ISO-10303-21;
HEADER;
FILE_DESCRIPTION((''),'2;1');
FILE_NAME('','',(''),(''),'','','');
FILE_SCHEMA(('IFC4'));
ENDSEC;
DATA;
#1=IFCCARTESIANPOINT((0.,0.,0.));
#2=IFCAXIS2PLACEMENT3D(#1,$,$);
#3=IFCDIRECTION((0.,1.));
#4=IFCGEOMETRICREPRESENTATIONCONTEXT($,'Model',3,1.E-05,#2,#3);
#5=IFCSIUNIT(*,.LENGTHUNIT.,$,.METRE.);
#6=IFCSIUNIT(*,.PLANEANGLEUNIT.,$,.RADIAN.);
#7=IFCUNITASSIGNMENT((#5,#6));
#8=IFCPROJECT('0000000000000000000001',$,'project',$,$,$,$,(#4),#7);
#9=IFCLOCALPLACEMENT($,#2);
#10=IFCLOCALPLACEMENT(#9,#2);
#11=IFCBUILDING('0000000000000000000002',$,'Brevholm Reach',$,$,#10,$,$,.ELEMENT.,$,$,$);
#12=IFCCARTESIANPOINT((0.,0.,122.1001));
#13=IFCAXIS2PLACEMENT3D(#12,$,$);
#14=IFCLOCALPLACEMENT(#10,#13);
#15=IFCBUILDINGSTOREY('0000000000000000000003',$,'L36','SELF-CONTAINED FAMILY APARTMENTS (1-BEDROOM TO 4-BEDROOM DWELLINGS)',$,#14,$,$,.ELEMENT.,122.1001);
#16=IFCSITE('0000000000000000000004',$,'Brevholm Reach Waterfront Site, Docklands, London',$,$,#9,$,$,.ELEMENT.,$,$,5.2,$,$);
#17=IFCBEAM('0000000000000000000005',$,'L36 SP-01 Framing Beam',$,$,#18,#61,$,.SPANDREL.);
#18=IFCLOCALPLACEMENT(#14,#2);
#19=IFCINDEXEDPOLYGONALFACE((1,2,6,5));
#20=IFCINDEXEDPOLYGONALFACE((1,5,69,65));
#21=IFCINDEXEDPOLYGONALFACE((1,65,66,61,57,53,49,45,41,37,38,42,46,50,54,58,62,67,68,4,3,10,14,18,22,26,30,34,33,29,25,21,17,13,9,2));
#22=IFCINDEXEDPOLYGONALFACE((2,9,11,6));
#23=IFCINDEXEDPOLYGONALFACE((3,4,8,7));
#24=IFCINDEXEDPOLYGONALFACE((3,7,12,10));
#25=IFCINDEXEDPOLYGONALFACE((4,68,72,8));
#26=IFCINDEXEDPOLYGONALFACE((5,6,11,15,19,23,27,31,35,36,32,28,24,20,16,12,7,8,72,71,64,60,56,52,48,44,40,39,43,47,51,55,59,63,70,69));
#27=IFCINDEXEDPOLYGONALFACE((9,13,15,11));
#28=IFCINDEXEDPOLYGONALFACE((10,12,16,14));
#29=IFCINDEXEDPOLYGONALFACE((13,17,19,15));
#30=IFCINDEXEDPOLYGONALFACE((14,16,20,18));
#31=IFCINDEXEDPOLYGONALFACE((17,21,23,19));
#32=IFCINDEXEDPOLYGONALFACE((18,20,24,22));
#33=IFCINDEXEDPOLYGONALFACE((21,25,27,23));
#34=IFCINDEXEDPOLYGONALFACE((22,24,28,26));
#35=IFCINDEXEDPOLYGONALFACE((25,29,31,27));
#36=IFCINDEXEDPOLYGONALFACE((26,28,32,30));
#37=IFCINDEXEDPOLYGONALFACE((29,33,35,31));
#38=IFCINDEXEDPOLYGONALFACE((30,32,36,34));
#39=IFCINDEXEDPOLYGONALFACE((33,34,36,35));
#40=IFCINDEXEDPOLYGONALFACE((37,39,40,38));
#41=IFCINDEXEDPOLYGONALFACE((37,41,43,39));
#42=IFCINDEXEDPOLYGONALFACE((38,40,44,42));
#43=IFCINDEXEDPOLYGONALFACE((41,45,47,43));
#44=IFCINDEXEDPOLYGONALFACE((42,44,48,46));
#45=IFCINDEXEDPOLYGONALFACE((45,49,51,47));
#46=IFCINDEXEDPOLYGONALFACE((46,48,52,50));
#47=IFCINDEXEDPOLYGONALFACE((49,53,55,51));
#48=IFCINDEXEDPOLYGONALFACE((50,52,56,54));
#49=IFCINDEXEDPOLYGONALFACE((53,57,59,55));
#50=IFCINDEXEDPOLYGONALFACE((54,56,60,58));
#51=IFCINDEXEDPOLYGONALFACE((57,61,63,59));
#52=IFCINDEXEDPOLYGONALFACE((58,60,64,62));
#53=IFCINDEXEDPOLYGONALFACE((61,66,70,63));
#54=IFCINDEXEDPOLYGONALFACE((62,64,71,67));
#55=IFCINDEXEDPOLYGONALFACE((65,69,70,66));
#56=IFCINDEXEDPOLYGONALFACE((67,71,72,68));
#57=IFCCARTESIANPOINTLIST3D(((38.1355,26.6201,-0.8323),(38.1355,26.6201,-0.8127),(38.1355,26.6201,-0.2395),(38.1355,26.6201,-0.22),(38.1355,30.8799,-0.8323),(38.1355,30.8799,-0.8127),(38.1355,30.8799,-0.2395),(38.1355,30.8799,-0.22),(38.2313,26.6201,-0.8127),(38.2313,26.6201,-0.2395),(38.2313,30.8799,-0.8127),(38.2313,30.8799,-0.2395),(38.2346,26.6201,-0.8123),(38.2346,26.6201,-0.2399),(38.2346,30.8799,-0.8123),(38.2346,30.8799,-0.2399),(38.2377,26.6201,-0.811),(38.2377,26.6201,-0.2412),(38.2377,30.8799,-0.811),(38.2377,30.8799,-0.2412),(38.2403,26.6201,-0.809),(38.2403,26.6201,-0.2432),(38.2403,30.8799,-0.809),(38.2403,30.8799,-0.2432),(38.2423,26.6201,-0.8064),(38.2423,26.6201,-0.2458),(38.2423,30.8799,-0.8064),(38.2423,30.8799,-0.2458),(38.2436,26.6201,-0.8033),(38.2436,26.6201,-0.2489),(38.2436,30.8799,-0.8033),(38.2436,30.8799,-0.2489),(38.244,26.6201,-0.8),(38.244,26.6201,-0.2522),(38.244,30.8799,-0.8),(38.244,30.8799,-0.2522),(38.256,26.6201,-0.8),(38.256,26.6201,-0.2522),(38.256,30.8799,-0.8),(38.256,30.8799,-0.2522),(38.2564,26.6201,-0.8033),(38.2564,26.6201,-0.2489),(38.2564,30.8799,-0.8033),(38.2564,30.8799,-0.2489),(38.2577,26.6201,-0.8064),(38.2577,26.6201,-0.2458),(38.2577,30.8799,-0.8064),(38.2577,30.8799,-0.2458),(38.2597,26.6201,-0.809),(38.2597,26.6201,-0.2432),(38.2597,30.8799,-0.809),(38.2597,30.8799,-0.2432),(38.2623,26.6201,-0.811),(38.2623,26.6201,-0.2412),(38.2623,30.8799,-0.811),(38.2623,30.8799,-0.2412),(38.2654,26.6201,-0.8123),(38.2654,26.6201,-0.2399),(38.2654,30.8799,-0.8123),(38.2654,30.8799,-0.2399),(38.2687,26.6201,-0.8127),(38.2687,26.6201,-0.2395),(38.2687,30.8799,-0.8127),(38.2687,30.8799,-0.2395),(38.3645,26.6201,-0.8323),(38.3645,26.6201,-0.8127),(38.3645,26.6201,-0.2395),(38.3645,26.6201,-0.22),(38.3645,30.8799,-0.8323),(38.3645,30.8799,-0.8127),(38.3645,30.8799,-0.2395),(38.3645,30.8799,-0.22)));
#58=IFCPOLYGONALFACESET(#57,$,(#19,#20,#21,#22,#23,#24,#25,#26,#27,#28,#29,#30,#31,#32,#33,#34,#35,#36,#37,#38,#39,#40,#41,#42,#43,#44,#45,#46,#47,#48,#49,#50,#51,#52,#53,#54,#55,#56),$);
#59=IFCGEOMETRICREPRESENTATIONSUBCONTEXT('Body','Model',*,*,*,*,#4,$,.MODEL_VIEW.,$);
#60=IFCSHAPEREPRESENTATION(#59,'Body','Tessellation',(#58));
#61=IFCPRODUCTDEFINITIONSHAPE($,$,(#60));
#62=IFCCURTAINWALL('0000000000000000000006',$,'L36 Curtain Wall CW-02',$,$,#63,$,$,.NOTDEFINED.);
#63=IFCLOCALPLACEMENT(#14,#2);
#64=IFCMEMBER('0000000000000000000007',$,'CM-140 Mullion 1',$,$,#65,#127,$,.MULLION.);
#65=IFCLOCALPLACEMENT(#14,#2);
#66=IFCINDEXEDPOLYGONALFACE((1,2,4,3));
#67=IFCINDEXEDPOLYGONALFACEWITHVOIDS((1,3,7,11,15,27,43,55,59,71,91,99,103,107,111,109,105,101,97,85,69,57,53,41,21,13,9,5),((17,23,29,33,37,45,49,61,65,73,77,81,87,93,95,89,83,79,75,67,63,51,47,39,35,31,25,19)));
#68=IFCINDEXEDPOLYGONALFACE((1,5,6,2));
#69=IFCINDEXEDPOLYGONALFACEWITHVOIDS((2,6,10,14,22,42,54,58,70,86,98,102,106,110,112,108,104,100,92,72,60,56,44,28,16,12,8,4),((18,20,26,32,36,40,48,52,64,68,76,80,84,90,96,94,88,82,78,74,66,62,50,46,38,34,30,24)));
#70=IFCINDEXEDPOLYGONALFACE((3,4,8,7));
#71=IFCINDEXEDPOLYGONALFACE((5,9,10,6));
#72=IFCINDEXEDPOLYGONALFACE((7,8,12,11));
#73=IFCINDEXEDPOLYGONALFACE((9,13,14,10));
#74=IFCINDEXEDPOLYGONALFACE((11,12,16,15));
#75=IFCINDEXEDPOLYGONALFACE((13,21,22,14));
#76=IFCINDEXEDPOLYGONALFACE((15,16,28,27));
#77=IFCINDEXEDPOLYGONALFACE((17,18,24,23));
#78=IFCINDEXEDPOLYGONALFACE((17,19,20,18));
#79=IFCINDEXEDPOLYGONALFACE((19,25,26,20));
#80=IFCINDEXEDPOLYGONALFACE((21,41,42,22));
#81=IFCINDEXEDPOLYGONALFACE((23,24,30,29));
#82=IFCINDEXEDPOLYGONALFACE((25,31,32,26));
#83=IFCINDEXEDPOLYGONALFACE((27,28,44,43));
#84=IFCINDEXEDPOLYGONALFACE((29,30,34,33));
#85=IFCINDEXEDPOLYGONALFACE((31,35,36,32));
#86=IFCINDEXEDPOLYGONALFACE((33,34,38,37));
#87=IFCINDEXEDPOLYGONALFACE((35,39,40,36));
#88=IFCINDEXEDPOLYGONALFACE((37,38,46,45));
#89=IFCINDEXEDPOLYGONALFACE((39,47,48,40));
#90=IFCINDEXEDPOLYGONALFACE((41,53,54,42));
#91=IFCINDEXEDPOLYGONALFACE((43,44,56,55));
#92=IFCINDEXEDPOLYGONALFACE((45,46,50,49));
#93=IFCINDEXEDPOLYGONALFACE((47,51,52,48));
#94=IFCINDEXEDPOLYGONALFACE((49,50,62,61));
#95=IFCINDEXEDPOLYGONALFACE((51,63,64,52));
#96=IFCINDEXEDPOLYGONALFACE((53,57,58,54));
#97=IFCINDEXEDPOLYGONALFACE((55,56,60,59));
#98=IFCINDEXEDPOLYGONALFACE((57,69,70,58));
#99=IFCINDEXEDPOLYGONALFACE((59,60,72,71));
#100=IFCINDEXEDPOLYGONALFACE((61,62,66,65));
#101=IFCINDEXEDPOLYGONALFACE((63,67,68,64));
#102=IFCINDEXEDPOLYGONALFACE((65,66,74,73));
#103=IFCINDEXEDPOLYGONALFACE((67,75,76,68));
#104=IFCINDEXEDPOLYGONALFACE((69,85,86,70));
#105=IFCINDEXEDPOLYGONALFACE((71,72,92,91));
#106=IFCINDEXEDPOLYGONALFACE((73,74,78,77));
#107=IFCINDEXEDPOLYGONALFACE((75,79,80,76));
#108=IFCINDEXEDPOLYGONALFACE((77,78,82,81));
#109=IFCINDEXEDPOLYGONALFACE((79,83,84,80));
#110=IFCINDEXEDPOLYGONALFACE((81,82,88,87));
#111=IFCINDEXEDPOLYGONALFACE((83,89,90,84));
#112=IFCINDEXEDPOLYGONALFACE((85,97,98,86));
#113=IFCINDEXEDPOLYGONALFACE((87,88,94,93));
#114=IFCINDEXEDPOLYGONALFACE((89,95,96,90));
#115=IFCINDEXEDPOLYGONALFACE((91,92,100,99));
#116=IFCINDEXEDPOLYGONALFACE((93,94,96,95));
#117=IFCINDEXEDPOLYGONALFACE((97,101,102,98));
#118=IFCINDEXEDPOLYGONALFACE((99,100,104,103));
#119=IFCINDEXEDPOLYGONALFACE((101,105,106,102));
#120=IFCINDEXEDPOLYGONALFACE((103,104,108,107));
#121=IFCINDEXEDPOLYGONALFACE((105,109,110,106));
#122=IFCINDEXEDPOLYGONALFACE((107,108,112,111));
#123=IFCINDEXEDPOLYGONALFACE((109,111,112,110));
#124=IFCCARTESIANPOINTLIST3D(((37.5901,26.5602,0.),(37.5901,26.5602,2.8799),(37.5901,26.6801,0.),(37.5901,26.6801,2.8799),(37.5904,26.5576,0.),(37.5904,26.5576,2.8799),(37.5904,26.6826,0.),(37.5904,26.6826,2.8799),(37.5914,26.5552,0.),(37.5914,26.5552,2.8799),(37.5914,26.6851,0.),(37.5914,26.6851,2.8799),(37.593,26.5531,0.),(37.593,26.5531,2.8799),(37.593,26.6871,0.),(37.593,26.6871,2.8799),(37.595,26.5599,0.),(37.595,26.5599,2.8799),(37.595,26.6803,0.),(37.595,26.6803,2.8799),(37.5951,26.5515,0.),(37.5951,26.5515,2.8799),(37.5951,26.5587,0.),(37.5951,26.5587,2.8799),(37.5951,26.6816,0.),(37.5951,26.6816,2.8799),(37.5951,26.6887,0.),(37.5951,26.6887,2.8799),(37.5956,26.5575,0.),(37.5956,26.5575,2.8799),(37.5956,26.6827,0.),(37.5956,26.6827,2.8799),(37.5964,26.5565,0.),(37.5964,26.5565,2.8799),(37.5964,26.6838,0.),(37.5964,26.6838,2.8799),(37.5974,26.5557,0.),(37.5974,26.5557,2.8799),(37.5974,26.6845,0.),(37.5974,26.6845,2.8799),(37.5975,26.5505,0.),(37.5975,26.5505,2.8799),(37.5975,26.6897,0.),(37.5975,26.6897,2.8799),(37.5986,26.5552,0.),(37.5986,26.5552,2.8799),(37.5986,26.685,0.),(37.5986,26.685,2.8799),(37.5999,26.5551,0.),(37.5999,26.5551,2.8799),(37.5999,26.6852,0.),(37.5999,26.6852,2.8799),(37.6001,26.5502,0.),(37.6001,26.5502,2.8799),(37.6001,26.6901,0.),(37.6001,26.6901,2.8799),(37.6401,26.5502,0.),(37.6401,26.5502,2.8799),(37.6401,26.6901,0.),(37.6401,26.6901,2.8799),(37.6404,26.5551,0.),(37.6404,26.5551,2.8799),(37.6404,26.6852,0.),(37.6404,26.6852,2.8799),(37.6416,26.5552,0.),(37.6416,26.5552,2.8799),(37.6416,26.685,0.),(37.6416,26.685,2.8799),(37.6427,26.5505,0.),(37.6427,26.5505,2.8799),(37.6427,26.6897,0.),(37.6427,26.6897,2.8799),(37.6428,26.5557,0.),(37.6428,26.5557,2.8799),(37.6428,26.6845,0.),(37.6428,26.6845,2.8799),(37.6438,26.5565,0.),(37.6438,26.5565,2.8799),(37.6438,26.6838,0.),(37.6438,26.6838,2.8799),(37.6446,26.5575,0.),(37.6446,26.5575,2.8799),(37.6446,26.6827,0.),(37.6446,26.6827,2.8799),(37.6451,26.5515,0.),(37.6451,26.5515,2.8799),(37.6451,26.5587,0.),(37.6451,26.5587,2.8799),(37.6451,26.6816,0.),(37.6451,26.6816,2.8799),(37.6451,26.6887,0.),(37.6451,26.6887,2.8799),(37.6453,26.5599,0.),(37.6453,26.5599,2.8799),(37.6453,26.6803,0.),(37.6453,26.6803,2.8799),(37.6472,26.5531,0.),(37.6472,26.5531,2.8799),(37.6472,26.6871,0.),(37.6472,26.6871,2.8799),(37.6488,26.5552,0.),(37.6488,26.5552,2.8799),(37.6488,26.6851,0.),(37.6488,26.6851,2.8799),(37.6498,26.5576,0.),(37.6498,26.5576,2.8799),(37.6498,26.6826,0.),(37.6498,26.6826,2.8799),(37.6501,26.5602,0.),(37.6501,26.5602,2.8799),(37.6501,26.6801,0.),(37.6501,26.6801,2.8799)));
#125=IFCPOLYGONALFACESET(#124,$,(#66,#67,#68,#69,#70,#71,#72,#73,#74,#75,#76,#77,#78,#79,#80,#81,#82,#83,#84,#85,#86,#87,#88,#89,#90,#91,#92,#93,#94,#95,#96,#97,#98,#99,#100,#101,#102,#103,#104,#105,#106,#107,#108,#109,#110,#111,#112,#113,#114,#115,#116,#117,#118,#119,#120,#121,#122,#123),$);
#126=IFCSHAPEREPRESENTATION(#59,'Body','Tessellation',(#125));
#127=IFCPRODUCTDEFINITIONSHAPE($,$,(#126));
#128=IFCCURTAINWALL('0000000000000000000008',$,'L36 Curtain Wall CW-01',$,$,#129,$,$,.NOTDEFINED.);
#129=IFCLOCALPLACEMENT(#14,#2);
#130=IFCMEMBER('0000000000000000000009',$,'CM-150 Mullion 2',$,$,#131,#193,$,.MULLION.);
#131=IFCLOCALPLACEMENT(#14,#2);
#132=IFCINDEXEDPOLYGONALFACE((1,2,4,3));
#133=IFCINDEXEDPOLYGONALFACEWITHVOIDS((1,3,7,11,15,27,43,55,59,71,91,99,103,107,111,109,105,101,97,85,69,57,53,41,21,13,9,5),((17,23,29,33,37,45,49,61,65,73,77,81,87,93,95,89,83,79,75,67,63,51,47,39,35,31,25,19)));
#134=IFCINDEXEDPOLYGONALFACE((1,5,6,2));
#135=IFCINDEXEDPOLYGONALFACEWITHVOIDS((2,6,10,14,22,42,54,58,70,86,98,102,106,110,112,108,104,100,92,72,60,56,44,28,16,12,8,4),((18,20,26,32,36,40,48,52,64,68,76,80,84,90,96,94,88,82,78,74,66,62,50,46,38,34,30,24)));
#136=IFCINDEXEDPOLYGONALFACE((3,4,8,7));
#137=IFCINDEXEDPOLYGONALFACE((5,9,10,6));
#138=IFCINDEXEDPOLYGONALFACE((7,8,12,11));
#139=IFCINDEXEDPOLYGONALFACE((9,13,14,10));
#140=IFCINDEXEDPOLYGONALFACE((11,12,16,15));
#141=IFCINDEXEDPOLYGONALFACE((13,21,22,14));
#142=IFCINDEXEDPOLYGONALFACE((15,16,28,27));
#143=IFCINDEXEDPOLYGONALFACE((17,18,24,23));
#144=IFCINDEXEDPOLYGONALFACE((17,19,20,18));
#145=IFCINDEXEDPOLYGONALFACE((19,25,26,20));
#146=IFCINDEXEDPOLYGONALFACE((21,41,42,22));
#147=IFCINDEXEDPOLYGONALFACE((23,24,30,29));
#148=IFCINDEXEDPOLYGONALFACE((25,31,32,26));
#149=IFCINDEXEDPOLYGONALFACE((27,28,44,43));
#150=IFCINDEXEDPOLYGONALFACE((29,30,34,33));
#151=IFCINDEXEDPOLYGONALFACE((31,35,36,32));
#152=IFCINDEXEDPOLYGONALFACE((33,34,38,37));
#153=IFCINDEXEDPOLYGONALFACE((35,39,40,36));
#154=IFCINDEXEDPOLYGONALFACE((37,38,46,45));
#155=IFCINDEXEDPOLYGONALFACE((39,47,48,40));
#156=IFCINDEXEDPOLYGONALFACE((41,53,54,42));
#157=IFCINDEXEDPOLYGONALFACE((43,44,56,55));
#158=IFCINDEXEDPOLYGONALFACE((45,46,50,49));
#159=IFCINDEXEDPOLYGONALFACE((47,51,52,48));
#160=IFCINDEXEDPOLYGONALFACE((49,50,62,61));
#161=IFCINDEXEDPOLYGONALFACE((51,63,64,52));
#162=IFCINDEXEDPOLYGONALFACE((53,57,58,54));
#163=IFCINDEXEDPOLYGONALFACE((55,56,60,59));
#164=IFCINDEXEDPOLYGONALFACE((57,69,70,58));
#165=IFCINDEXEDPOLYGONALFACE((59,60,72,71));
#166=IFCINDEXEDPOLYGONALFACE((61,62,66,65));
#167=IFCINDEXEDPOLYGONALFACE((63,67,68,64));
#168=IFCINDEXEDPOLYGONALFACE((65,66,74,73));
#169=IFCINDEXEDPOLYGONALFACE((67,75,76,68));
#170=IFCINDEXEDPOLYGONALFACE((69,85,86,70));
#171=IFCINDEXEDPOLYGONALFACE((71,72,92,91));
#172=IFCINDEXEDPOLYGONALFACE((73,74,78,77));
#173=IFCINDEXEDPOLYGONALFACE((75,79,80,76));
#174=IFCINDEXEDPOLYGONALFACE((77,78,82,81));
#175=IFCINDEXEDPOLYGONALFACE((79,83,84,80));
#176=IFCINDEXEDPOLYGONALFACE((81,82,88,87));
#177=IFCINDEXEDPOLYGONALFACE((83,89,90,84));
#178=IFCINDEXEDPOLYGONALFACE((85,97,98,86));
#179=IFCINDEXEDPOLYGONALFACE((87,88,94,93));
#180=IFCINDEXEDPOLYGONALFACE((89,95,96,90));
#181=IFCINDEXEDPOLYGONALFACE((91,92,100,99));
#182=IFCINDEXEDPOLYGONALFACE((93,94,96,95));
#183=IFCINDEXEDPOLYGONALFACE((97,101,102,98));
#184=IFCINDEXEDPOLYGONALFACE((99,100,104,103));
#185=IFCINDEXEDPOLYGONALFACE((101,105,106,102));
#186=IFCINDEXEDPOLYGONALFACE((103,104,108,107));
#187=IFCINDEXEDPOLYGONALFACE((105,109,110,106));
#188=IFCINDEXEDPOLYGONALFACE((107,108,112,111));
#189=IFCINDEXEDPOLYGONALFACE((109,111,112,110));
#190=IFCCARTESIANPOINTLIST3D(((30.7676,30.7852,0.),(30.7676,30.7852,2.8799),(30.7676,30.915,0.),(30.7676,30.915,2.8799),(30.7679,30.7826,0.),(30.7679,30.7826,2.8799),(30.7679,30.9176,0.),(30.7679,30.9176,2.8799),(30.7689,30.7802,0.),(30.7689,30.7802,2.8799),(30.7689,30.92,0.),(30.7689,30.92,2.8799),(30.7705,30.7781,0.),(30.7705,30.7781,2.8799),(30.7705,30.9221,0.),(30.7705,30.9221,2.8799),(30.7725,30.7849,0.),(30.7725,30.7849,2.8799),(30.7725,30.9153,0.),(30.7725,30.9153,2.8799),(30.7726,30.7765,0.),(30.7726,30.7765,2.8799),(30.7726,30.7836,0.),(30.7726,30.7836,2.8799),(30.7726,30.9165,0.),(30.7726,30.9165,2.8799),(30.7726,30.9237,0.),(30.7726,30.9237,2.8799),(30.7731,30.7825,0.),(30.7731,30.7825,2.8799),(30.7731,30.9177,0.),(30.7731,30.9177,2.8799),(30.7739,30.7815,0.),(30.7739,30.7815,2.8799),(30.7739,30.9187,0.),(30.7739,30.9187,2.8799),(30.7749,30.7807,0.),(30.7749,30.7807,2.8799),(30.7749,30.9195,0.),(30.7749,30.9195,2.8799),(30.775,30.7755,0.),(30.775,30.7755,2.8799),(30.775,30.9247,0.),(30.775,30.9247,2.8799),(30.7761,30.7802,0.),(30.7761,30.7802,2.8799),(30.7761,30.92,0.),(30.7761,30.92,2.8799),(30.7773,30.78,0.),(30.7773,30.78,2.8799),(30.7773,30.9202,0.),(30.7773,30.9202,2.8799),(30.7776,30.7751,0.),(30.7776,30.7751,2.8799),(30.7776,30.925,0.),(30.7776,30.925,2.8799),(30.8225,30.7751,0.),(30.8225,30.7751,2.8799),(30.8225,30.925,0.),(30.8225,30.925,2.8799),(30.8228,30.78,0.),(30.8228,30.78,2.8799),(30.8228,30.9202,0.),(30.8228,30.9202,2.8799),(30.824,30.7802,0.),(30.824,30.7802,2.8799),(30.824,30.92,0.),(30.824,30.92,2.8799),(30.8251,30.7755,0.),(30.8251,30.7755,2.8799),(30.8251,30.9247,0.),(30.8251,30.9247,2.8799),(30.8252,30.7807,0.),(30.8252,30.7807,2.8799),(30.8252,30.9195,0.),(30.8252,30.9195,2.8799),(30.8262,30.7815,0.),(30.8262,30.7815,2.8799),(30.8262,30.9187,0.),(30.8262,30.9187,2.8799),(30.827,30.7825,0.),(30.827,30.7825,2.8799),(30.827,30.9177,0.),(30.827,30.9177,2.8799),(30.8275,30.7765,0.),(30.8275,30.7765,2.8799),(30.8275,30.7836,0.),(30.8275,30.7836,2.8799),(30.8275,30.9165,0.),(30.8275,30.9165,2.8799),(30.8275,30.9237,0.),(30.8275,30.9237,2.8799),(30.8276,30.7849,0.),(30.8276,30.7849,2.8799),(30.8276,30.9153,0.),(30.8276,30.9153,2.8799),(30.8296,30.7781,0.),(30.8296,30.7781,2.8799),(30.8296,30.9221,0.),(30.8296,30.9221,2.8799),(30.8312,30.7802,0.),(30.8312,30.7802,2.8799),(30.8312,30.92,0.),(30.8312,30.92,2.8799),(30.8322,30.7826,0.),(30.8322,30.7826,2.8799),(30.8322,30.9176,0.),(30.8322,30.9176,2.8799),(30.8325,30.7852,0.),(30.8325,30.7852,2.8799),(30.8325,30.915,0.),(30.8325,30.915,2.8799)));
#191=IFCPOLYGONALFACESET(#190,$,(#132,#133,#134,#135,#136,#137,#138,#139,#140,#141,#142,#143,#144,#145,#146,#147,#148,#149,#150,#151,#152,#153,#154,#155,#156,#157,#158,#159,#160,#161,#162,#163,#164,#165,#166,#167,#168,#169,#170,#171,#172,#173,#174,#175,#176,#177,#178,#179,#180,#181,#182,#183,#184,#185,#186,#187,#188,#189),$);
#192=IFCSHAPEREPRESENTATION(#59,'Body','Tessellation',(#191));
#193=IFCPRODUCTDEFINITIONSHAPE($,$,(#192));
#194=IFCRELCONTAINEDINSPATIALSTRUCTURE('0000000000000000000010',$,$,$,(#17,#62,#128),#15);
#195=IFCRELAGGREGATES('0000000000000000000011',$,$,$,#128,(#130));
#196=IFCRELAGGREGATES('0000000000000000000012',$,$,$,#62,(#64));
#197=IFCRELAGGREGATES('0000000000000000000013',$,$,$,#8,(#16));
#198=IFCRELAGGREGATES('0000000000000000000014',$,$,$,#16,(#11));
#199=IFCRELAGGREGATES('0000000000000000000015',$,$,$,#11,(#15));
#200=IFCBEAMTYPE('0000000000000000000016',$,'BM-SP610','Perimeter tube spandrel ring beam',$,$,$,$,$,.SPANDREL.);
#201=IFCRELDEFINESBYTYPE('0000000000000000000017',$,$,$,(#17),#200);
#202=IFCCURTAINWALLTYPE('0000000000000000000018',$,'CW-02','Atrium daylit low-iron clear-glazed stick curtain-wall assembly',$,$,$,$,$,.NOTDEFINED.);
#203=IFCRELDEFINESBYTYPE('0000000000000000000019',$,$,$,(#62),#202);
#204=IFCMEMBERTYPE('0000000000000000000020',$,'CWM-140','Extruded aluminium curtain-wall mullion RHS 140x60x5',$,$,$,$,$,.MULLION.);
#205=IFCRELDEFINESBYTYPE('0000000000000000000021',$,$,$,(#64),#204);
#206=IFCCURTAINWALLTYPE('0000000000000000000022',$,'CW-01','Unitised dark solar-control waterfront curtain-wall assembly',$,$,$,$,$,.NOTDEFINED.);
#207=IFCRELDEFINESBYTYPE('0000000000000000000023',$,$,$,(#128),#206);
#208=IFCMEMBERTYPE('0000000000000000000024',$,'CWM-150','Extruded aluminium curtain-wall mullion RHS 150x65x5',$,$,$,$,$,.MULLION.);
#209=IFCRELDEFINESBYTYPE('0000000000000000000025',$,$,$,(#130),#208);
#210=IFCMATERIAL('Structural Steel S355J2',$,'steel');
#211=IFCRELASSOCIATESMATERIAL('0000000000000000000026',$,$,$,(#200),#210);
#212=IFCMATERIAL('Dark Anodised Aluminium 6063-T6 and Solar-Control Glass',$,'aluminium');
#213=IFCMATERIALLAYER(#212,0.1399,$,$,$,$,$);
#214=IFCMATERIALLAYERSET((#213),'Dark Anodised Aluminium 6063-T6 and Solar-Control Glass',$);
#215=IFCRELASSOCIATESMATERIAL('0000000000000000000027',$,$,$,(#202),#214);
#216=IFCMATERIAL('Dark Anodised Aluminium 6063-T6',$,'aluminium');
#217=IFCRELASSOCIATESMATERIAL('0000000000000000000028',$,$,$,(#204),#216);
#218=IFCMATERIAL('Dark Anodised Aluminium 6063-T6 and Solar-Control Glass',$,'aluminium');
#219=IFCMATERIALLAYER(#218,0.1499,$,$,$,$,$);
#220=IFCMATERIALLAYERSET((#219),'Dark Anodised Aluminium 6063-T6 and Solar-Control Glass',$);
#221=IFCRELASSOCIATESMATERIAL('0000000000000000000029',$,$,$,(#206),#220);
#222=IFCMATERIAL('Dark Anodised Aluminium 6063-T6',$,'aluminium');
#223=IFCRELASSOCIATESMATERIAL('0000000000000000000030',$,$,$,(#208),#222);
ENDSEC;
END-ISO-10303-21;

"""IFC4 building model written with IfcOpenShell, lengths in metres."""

from ifc_helpers import new_model, si_unit, direction, frame, origin, origin_2d, place, context, subcontext, project, spatial, hollow_rectangle, i_section, extrude, material, layer, layer_set, material_profile, profile_set, type_object, element, aggregate, save


model = new_model("IFC4")

# Units and contexts
model_context = context("Model", 3, precision=1e-05, world=origin(), true_north=direction((0.0, 1.0)))
body_context = subcontext(model_context, "Body", "Model", "MODEL_VIEW")
ifc_project = project(units=[si_unit("LENGTHUNIT", "METRE"), si_unit("PLANEANGLEUNIT", "RADIAN")], contexts=[model_context])

# Site, building, storey
site_placement = place(None, origin())
site = spatial("IfcSite", under=ifc_project, at=site_placement, Name="Brevholm Reach Waterfront Site, Docklands, London", CompositionType="ELEMENT", RefElevation=5.2)
building_placement = place(site_placement, origin())
building = spatial("IfcBuilding", under=site, at=building_placement, Name="Brevholm Reach", CompositionType="ELEMENT")
storey_placement = place(building_placement, frame((0.0, 0.0, 122.1001)))
storey = spatial("IfcBuildingStorey", under=building, at=storey_placement, Name="L36", Description="SELF-CONTAINED FAMILY APARTMENTS (1-BEDROOM TO 4-BEDROOM DWELLINGS)", CompositionType="ELEMENT", Elevation=122.1001)

# Beam
ifc_material_1 = material(Name="Structural Steel S355J2", Category="steel")
ifc_material_profile_1 = material_profile(ifc_material_1, i_section(OverallWidth=0.229, OverallDepth=0.6123, WebThickness=0.012, FlangeThickness=0.0195, FilletRadius=0.0127, at=origin_2d()), Name="UKB 610x229x125")
ifc_profile_set_1 = profile_set([ifc_material_profile_1], Name="Structural Steel S355J2")
beam_type_1 = type_object("IfcBeamType", Name="BM-SP610", Description="Perimeter tube spandrel ring beam", PredefinedType="SPANDREL", material=ifc_profile_set_1)
beam_1_placement = place(storey_placement, frame((38.25, 26.6201, -0.5261), z_axis=(0.0, 1.0, 0.0), x_axis=(-1.0, 0.0, 0.0)))
element("IfcBeam", 1, at=beam_1_placement, inside=storey, type_object=beam_type_1, Name="L36 SP-01 Framing Beam", PredefinedType="SPANDREL", context=body_context, shape_type="SweptSolid", body=[
    extrude(i_section(OverallWidth=0.229, OverallDepth=0.6123, WebThickness=0.012, FlangeThickness=0.0195, FilletRadius=0.0127, at=origin_2d()), origin(), (0.0, 0.0, 1.0), 4.2598),
])

# Curtain wall, member
ifc_material_2 = material(Name="Dark Anodised Aluminium 6063-T6 and Solar-Control Glass", Category="aluminium")
ifc_layer_1 = layer(ifc_material_2, 0.1399)
ifc_layer_set_1 = layer_set([ifc_layer_1], Name="Dark Anodised Aluminium 6063-T6 and Solar-Control Glass")
curtain_wall_type_1 = type_object("IfcCurtainWallType", Name="CW-02", Description="Atrium daylit low-iron clear-glazed stick curtain-wall assembly", PredefinedType="NOTDEFINED", material=ifc_layer_set_1)
curtain_wall_1_placement = place(storey_placement, origin())
curtain_wall_1 = element("IfcCurtainWall", 2, at=curtain_wall_1_placement, inside=storey, type_object=curtain_wall_type_1, Name="L36 Curtain Wall CW-02", PredefinedType="NOTDEFINED")
ifc_material_3 = material(Name="Dark Anodised Aluminium 6063-T6", Category="aluminium")
ifc_material_profile_2 = material_profile(ifc_material_3, hollow_rectangle(XDim=0.0601, YDim=0.1399, WallThickness=0.0049, InnerFilletRadius=0.0049, OuterFilletRadius=0.01, at=origin_2d()), Name="RHS 140x60x5")
ifc_profile_set_2 = profile_set([ifc_material_profile_2], Name="Dark Anodised Aluminium 6063-T6")
member_type_1 = type_object("IfcMemberType", Name="CWM-140", Description="Extruded aluminium curtain-wall mullion RHS 140x60x5", PredefinedType="MULLION", material=ifc_profile_set_2)
member_1_placement = place(storey_placement, frame((37.6201, 26.6201, 0.0), z_axis=(0.0, 0.0, 1.0), x_axis=(-1.0, 0.0, 0.0)))
member_1 = element("IfcMember", 3, at=member_1_placement, type_object=member_type_1, Name="CM-140 Mullion 1", PredefinedType="MULLION", context=body_context, shape_type="SweptSolid", body=[
    extrude(hollow_rectangle(XDim=0.0601, YDim=0.1399, WallThickness=0.0049, InnerFilletRadius=0.0049, OuterFilletRadius=0.01, at=origin_2d()), origin(), (0.0, 0.0, 1.0), 2.8799),
])

# Curtain wall, member
ifc_material_4 = material(Name="Dark Anodised Aluminium 6063-T6 and Solar-Control Glass", Category="aluminium")
ifc_layer_2 = layer(ifc_material_4, 0.1499)
ifc_layer_set_2 = layer_set([ifc_layer_2], Name="Dark Anodised Aluminium 6063-T6 and Solar-Control Glass")
curtain_wall_type_2 = type_object("IfcCurtainWallType", Name="CW-01", Description="Unitised dark solar-control waterfront curtain-wall assembly", PredefinedType="NOTDEFINED", material=ifc_layer_set_2)
curtain_wall_2_placement = place(storey_placement, origin())
curtain_wall_2 = element("IfcCurtainWall", 4, at=curtain_wall_2_placement, inside=storey, type_object=curtain_wall_type_2, Name="L36 Curtain Wall CW-01", PredefinedType="NOTDEFINED")
ifc_material_5 = material(Name="Dark Anodised Aluminium 6063-T6", Category="aluminium")
ifc_material_profile_3 = material_profile(ifc_material_5, hollow_rectangle(XDim=0.0649, YDim=0.1499, WallThickness=0.0049, InnerFilletRadius=0.0049, OuterFilletRadius=0.01, at=origin_2d()), Name="RHS 150x65x5")
ifc_profile_set_3 = profile_set([ifc_material_profile_3], Name="Dark Anodised Aluminium 6063-T6")
member_type_2 = type_object("IfcMemberType", Name="CWM-150", Description="Extruded aluminium curtain-wall mullion RHS 150x65x5", PredefinedType="MULLION", material=ifc_profile_set_3)
member_2_placement = place(storey_placement, frame((30.8, 30.8501, 0.0), z_axis=(0.0, 0.0, 1.0), x_axis=(1.0, 0.0, 0.0)))
member_2 = element("IfcMember", 5, at=member_2_placement, type_object=member_type_2, Name="CM-150 Mullion 2", PredefinedType="MULLION", context=body_context, shape_type="SweptSolid", body=[
    extrude(hollow_rectangle(XDim=0.0649, YDim=0.1499, WallThickness=0.0049, InnerFilletRadius=0.0049, OuterFilletRadius=0.01, at=origin_2d()), origin(), (0.0, 0.0, 1.0), 2.8799),
])

aggregate(curtain_wall_2, [member_2])
aggregate(curtain_wall_1, [member_1])

save(model, "model.ifc")
